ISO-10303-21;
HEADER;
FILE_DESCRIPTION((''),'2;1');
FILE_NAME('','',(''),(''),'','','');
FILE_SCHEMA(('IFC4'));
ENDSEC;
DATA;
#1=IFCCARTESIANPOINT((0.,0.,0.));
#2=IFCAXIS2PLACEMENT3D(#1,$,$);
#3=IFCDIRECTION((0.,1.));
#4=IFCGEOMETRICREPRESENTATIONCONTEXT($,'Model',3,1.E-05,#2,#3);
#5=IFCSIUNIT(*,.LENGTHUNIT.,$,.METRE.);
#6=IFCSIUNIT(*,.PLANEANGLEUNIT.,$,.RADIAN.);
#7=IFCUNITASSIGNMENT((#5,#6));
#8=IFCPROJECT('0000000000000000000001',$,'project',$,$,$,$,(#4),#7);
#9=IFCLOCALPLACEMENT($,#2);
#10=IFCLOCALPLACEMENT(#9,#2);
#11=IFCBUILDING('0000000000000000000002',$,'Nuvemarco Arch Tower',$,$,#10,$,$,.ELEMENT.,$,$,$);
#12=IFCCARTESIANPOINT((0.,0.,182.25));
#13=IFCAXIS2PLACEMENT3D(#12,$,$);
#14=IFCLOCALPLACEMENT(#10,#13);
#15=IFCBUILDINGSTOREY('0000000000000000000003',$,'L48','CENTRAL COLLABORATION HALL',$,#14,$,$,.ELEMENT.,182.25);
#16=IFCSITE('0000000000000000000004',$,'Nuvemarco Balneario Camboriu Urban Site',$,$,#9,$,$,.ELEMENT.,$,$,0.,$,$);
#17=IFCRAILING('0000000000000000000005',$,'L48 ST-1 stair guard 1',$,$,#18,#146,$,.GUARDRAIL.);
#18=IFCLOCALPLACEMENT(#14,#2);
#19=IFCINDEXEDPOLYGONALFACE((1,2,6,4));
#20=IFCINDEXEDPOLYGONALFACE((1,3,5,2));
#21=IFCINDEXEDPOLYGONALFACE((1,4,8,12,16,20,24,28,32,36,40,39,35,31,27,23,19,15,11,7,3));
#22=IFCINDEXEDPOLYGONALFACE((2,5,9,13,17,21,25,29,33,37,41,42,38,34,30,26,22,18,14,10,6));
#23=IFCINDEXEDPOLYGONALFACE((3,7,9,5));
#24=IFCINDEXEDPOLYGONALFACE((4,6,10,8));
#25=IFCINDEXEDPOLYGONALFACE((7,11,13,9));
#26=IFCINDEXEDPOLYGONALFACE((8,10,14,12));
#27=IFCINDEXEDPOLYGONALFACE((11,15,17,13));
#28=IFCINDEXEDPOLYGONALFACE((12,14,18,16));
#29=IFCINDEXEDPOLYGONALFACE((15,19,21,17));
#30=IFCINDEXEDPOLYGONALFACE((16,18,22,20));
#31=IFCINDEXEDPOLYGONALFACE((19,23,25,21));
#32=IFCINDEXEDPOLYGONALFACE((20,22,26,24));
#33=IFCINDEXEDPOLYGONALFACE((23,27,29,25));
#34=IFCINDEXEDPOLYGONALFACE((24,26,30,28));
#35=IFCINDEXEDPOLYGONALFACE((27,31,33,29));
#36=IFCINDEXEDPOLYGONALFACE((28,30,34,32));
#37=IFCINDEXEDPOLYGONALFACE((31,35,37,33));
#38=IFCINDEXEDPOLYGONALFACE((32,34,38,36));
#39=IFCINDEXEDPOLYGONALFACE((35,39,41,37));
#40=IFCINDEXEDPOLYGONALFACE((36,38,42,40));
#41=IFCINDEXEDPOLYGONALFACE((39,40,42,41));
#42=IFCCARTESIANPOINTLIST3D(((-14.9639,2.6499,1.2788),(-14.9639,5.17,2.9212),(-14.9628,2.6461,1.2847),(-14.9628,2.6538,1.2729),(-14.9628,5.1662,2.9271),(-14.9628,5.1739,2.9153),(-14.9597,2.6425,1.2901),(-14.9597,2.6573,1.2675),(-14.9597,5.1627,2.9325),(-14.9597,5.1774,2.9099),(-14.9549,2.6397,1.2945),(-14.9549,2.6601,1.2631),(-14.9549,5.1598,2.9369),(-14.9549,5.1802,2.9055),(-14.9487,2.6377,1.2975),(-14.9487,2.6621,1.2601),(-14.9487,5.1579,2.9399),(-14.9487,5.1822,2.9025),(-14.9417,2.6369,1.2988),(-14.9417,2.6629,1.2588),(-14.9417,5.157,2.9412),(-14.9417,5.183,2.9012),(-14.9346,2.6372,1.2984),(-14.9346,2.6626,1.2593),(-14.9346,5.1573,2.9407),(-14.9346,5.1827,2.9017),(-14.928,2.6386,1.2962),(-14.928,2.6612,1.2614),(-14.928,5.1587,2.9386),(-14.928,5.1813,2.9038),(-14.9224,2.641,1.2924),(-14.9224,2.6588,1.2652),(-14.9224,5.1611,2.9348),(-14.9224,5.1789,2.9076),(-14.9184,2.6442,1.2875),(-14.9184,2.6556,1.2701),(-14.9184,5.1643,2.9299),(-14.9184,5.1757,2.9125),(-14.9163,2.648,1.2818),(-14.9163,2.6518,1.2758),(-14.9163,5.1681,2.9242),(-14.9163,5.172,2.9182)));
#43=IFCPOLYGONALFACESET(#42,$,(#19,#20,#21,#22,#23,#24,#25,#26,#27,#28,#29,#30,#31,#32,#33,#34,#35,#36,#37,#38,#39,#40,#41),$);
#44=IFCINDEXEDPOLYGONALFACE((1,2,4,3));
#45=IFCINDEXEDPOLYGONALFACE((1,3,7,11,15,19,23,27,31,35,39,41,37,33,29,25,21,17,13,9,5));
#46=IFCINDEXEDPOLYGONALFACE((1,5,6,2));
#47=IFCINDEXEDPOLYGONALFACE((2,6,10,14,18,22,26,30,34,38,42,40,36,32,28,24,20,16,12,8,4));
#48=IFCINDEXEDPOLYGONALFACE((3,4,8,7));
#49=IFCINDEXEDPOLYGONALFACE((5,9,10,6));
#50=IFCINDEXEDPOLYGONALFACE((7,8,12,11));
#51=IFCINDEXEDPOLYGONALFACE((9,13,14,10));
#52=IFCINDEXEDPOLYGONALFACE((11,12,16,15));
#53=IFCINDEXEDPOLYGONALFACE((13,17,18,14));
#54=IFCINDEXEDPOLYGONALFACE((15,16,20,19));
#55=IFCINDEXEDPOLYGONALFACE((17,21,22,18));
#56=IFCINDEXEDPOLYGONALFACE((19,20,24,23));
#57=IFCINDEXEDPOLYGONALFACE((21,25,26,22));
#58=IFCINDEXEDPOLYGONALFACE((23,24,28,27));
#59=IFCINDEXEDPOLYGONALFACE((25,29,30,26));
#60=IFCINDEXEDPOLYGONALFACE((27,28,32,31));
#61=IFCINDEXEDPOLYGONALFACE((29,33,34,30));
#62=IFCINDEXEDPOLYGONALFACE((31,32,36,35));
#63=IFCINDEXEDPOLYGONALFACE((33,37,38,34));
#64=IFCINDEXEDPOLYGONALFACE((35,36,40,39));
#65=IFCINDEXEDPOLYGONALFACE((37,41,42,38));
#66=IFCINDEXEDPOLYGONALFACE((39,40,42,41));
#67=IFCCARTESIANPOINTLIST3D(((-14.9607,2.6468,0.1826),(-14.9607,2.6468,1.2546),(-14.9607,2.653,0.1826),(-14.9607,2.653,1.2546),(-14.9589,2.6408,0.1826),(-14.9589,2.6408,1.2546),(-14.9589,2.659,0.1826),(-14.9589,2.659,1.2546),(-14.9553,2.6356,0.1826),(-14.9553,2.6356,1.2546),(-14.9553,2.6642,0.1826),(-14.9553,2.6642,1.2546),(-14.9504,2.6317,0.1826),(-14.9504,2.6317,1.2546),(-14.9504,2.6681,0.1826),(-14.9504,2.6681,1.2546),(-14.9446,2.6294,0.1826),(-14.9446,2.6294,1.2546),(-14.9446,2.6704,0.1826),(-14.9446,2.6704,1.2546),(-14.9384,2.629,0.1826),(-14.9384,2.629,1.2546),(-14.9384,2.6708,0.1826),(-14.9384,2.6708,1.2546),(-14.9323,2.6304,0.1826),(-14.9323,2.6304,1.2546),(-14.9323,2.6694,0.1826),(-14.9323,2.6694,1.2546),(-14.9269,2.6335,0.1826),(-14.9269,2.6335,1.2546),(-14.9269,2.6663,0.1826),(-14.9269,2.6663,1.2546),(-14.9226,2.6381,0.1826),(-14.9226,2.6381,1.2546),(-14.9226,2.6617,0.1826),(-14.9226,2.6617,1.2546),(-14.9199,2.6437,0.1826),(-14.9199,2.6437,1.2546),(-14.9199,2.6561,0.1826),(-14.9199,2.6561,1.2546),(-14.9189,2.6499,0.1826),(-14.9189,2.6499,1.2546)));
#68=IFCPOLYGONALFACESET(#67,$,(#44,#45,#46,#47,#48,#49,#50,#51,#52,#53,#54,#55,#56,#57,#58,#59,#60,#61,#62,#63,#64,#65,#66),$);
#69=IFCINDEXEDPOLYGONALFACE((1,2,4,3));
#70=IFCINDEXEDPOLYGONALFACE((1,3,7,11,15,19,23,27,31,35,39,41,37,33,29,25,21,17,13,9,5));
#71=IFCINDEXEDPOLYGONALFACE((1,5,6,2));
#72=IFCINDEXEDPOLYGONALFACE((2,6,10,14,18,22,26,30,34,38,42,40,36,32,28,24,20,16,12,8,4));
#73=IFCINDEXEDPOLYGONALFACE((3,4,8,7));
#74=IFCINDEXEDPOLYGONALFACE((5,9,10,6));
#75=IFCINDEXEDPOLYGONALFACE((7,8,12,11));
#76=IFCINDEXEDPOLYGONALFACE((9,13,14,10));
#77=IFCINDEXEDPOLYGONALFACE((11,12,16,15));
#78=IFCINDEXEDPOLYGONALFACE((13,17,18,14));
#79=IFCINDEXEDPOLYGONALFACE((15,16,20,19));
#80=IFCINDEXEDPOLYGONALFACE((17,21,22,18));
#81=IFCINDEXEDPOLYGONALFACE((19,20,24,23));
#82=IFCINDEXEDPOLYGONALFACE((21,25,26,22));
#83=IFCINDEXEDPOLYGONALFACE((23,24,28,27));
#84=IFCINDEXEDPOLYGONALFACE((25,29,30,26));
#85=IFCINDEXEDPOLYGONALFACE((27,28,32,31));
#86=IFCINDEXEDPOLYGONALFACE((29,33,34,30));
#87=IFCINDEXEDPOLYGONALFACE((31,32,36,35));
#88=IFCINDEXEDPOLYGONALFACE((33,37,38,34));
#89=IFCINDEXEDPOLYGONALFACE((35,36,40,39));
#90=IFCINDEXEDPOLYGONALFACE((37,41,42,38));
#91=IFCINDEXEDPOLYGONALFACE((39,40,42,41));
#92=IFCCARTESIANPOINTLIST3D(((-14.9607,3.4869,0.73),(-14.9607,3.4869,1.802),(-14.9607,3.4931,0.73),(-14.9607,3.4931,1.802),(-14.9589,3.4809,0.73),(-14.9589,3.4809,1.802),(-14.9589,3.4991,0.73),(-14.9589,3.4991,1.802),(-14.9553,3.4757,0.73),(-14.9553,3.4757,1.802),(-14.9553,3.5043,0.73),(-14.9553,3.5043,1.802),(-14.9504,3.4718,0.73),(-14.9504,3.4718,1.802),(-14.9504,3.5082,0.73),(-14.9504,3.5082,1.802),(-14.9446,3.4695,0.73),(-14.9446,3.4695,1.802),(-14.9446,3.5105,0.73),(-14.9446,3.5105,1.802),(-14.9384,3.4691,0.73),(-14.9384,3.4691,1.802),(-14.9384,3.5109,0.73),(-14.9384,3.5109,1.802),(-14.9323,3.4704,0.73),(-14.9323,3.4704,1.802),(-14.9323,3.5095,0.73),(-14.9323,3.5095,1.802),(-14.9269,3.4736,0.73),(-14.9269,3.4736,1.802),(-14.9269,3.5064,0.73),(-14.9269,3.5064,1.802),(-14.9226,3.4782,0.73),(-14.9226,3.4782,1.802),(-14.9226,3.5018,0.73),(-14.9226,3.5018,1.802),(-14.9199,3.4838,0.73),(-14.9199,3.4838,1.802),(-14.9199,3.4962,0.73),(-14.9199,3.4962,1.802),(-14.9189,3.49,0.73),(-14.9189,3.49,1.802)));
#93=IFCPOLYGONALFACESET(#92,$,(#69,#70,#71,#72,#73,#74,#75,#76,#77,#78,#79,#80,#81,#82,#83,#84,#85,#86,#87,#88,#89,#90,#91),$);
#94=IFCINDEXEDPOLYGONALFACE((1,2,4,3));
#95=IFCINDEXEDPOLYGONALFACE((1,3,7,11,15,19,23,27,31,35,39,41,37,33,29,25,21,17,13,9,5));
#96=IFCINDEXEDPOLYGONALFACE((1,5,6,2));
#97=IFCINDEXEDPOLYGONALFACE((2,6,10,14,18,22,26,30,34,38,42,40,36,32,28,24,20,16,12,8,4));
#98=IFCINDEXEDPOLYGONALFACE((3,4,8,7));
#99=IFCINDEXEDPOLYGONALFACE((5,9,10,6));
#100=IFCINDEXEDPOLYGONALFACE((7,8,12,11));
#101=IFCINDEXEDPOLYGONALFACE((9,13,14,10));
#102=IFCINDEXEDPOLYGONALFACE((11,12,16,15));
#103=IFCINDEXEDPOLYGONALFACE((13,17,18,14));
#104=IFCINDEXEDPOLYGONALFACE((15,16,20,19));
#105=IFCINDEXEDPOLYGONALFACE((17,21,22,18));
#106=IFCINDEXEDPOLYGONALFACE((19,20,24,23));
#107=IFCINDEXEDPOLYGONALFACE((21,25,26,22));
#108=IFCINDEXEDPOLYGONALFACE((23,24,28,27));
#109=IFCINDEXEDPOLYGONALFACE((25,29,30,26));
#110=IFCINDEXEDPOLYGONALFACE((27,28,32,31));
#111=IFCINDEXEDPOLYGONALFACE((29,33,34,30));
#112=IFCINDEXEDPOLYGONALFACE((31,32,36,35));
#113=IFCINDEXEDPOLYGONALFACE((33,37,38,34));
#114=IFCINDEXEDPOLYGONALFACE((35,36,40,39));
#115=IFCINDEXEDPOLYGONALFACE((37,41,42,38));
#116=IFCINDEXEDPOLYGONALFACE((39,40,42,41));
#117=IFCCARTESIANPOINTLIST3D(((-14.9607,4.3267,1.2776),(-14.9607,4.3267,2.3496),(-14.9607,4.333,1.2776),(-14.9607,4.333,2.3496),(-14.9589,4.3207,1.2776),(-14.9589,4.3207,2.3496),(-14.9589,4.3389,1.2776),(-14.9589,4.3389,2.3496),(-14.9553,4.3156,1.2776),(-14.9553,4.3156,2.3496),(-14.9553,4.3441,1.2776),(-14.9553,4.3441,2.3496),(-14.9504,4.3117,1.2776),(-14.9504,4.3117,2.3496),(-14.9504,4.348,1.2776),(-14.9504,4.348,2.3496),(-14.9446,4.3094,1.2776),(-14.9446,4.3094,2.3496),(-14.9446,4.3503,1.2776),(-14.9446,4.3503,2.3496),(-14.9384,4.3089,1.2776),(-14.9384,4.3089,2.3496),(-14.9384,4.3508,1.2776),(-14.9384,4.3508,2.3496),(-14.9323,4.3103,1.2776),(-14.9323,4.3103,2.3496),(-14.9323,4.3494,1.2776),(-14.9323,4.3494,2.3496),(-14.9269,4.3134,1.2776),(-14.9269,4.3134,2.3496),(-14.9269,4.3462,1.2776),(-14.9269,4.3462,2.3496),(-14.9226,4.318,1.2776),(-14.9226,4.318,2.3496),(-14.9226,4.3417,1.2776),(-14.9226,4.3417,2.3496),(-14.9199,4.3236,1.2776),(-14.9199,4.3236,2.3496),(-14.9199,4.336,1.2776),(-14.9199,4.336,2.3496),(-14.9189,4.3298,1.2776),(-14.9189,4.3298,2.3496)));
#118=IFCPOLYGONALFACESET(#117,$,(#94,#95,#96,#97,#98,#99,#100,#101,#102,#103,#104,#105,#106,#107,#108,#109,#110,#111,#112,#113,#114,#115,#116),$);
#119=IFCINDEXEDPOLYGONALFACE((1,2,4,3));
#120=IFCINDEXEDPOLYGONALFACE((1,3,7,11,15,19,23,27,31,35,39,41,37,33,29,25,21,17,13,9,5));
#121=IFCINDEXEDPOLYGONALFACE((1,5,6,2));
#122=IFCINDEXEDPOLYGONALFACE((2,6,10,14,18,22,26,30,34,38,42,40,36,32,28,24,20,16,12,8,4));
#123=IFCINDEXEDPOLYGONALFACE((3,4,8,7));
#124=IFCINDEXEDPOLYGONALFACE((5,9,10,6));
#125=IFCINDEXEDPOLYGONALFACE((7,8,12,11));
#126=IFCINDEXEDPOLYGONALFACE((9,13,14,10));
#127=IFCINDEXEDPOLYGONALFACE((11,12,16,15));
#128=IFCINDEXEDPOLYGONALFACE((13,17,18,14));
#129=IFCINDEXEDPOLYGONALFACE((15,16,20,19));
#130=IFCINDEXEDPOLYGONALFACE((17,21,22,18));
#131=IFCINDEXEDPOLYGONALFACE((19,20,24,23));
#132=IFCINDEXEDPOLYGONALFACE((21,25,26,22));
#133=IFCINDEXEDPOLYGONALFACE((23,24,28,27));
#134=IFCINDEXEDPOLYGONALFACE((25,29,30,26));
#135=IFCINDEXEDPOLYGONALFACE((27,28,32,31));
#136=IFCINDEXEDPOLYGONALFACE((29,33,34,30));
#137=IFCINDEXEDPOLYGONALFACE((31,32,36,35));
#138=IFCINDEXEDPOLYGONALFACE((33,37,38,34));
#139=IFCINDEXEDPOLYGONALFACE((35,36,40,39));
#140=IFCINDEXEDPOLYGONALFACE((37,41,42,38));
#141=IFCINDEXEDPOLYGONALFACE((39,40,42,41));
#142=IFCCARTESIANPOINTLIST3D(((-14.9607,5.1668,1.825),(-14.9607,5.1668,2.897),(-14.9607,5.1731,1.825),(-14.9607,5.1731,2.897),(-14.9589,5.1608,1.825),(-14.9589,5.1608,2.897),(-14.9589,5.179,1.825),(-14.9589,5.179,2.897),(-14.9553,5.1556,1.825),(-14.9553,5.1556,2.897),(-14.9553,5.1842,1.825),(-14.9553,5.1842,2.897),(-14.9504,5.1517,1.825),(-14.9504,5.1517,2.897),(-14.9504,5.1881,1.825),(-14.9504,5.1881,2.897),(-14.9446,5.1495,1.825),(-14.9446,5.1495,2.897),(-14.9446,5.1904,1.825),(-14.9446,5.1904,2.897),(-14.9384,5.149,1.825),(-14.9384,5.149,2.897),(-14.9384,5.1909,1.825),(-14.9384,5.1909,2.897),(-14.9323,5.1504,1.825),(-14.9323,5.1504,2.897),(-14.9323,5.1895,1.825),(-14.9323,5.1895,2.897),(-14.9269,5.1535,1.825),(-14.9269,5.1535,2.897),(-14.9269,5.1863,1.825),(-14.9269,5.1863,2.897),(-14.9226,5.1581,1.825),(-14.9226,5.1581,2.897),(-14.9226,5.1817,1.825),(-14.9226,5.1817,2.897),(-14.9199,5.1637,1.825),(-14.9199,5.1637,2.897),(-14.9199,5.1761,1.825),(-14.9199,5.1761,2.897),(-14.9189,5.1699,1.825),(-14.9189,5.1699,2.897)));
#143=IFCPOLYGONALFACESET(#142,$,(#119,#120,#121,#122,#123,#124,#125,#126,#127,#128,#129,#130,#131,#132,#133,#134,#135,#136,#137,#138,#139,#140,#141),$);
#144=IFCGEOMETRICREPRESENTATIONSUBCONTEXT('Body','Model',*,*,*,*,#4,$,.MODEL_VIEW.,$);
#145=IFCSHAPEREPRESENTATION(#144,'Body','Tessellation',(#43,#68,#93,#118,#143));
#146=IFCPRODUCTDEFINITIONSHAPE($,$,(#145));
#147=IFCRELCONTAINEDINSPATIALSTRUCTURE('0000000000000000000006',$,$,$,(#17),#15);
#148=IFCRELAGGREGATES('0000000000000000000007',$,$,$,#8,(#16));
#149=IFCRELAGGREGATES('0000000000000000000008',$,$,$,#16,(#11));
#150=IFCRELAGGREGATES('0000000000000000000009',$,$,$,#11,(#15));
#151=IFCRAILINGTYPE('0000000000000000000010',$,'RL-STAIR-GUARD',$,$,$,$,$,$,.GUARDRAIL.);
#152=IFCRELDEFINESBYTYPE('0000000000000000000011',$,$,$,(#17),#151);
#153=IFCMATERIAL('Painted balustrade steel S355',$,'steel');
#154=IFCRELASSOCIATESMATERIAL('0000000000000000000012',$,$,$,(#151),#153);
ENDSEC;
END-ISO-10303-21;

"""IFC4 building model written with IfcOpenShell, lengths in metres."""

from ifc_helpers import new_model, si_unit, direction, frame, origin, origin_2d, place, context, subcontext, project, spatial, circle, extrude, material, type_object, element, save


model = new_model("IFC4")

# Units and contexts
model_context = context("Model", 3, precision=1e-05, world=origin(), true_north=direction((0.0, 1.0)))
body_context = subcontext(model_context, "Body", "Model", "MODEL_VIEW")
ifc_project = project(units=[si_unit("LENGTHUNIT", "METRE"), si_unit("PLANEANGLEUNIT", "RADIAN")], contexts=[model_context])

# Site, building, storey
site_placement = place(None, origin())
site = spatial("IfcSite", under=ifc_project, at=site_placement, Name="Nuvemarco Balneario Camboriu Urban Site", CompositionType="ELEMENT", RefElevation=0.0)
building_placement = place(site_placement, origin())
building = spatial("IfcBuilding", under=site, at=building_placement, Name="Nuvemarco Arch Tower", CompositionType="ELEMENT")
storey_placement = place(building_placement, frame((0.0, 0.0, 182.25)))
storey = spatial("IfcBuildingStorey", under=building, at=storey_placement, Name="L48", Description="CENTRAL COLLABORATION HALL", CompositionType="ELEMENT", Elevation=182.25)

# Railing
ifc_material_1 = material(Name="Painted balustrade steel S355", Category="steel")
railing_type_1 = type_object("IfcRailingType", Name="RL-STAIR-GUARD", PredefinedType="GUARDRAIL", material=ifc_material_1)
railing_1_placement = place(storey_placement, frame((-14.9399, 2.6499, 0.1826)))
element("IfcRailing", 1, at=railing_1_placement, inside=storey, type_object=railing_type_1, Name="L48 ST-1 stair guard 1", PredefinedType="GUARDRAIL", context=body_context, shape_type="SweptSolid", body=[
    extrude(circle(Radius=0.0239, at=origin_2d()), frame((0.0, 0.0, 1.0962), z_axis=(0.0, 0.837787, 0.545998), x_axis=(-1.0, 0.0, 0.0)), (0.0, 0.0, 1.0), 3.0081),
    extrude(circle(Radius=0.021, at=origin_2d()), origin(), (0.0, 0.0, 1.0), 1.072),
    extrude(circle(Radius=0.021, at=origin_2d()), frame((0.0, 0.8401, 0.5474)), (0.0, 0.0, 1.0), 1.072),
    extrude(circle(Radius=0.021, at=origin_2d()), frame((0.0, 1.6799, 1.095)), (0.0, 0.0, 1.0), 1.072),
    extrude(circle(Radius=0.021, at=origin_2d()), frame((0.0, 2.52, 1.6423)), (0.0, 0.0, 1.0), 1.072),
])

save(model, "model.ifc")
